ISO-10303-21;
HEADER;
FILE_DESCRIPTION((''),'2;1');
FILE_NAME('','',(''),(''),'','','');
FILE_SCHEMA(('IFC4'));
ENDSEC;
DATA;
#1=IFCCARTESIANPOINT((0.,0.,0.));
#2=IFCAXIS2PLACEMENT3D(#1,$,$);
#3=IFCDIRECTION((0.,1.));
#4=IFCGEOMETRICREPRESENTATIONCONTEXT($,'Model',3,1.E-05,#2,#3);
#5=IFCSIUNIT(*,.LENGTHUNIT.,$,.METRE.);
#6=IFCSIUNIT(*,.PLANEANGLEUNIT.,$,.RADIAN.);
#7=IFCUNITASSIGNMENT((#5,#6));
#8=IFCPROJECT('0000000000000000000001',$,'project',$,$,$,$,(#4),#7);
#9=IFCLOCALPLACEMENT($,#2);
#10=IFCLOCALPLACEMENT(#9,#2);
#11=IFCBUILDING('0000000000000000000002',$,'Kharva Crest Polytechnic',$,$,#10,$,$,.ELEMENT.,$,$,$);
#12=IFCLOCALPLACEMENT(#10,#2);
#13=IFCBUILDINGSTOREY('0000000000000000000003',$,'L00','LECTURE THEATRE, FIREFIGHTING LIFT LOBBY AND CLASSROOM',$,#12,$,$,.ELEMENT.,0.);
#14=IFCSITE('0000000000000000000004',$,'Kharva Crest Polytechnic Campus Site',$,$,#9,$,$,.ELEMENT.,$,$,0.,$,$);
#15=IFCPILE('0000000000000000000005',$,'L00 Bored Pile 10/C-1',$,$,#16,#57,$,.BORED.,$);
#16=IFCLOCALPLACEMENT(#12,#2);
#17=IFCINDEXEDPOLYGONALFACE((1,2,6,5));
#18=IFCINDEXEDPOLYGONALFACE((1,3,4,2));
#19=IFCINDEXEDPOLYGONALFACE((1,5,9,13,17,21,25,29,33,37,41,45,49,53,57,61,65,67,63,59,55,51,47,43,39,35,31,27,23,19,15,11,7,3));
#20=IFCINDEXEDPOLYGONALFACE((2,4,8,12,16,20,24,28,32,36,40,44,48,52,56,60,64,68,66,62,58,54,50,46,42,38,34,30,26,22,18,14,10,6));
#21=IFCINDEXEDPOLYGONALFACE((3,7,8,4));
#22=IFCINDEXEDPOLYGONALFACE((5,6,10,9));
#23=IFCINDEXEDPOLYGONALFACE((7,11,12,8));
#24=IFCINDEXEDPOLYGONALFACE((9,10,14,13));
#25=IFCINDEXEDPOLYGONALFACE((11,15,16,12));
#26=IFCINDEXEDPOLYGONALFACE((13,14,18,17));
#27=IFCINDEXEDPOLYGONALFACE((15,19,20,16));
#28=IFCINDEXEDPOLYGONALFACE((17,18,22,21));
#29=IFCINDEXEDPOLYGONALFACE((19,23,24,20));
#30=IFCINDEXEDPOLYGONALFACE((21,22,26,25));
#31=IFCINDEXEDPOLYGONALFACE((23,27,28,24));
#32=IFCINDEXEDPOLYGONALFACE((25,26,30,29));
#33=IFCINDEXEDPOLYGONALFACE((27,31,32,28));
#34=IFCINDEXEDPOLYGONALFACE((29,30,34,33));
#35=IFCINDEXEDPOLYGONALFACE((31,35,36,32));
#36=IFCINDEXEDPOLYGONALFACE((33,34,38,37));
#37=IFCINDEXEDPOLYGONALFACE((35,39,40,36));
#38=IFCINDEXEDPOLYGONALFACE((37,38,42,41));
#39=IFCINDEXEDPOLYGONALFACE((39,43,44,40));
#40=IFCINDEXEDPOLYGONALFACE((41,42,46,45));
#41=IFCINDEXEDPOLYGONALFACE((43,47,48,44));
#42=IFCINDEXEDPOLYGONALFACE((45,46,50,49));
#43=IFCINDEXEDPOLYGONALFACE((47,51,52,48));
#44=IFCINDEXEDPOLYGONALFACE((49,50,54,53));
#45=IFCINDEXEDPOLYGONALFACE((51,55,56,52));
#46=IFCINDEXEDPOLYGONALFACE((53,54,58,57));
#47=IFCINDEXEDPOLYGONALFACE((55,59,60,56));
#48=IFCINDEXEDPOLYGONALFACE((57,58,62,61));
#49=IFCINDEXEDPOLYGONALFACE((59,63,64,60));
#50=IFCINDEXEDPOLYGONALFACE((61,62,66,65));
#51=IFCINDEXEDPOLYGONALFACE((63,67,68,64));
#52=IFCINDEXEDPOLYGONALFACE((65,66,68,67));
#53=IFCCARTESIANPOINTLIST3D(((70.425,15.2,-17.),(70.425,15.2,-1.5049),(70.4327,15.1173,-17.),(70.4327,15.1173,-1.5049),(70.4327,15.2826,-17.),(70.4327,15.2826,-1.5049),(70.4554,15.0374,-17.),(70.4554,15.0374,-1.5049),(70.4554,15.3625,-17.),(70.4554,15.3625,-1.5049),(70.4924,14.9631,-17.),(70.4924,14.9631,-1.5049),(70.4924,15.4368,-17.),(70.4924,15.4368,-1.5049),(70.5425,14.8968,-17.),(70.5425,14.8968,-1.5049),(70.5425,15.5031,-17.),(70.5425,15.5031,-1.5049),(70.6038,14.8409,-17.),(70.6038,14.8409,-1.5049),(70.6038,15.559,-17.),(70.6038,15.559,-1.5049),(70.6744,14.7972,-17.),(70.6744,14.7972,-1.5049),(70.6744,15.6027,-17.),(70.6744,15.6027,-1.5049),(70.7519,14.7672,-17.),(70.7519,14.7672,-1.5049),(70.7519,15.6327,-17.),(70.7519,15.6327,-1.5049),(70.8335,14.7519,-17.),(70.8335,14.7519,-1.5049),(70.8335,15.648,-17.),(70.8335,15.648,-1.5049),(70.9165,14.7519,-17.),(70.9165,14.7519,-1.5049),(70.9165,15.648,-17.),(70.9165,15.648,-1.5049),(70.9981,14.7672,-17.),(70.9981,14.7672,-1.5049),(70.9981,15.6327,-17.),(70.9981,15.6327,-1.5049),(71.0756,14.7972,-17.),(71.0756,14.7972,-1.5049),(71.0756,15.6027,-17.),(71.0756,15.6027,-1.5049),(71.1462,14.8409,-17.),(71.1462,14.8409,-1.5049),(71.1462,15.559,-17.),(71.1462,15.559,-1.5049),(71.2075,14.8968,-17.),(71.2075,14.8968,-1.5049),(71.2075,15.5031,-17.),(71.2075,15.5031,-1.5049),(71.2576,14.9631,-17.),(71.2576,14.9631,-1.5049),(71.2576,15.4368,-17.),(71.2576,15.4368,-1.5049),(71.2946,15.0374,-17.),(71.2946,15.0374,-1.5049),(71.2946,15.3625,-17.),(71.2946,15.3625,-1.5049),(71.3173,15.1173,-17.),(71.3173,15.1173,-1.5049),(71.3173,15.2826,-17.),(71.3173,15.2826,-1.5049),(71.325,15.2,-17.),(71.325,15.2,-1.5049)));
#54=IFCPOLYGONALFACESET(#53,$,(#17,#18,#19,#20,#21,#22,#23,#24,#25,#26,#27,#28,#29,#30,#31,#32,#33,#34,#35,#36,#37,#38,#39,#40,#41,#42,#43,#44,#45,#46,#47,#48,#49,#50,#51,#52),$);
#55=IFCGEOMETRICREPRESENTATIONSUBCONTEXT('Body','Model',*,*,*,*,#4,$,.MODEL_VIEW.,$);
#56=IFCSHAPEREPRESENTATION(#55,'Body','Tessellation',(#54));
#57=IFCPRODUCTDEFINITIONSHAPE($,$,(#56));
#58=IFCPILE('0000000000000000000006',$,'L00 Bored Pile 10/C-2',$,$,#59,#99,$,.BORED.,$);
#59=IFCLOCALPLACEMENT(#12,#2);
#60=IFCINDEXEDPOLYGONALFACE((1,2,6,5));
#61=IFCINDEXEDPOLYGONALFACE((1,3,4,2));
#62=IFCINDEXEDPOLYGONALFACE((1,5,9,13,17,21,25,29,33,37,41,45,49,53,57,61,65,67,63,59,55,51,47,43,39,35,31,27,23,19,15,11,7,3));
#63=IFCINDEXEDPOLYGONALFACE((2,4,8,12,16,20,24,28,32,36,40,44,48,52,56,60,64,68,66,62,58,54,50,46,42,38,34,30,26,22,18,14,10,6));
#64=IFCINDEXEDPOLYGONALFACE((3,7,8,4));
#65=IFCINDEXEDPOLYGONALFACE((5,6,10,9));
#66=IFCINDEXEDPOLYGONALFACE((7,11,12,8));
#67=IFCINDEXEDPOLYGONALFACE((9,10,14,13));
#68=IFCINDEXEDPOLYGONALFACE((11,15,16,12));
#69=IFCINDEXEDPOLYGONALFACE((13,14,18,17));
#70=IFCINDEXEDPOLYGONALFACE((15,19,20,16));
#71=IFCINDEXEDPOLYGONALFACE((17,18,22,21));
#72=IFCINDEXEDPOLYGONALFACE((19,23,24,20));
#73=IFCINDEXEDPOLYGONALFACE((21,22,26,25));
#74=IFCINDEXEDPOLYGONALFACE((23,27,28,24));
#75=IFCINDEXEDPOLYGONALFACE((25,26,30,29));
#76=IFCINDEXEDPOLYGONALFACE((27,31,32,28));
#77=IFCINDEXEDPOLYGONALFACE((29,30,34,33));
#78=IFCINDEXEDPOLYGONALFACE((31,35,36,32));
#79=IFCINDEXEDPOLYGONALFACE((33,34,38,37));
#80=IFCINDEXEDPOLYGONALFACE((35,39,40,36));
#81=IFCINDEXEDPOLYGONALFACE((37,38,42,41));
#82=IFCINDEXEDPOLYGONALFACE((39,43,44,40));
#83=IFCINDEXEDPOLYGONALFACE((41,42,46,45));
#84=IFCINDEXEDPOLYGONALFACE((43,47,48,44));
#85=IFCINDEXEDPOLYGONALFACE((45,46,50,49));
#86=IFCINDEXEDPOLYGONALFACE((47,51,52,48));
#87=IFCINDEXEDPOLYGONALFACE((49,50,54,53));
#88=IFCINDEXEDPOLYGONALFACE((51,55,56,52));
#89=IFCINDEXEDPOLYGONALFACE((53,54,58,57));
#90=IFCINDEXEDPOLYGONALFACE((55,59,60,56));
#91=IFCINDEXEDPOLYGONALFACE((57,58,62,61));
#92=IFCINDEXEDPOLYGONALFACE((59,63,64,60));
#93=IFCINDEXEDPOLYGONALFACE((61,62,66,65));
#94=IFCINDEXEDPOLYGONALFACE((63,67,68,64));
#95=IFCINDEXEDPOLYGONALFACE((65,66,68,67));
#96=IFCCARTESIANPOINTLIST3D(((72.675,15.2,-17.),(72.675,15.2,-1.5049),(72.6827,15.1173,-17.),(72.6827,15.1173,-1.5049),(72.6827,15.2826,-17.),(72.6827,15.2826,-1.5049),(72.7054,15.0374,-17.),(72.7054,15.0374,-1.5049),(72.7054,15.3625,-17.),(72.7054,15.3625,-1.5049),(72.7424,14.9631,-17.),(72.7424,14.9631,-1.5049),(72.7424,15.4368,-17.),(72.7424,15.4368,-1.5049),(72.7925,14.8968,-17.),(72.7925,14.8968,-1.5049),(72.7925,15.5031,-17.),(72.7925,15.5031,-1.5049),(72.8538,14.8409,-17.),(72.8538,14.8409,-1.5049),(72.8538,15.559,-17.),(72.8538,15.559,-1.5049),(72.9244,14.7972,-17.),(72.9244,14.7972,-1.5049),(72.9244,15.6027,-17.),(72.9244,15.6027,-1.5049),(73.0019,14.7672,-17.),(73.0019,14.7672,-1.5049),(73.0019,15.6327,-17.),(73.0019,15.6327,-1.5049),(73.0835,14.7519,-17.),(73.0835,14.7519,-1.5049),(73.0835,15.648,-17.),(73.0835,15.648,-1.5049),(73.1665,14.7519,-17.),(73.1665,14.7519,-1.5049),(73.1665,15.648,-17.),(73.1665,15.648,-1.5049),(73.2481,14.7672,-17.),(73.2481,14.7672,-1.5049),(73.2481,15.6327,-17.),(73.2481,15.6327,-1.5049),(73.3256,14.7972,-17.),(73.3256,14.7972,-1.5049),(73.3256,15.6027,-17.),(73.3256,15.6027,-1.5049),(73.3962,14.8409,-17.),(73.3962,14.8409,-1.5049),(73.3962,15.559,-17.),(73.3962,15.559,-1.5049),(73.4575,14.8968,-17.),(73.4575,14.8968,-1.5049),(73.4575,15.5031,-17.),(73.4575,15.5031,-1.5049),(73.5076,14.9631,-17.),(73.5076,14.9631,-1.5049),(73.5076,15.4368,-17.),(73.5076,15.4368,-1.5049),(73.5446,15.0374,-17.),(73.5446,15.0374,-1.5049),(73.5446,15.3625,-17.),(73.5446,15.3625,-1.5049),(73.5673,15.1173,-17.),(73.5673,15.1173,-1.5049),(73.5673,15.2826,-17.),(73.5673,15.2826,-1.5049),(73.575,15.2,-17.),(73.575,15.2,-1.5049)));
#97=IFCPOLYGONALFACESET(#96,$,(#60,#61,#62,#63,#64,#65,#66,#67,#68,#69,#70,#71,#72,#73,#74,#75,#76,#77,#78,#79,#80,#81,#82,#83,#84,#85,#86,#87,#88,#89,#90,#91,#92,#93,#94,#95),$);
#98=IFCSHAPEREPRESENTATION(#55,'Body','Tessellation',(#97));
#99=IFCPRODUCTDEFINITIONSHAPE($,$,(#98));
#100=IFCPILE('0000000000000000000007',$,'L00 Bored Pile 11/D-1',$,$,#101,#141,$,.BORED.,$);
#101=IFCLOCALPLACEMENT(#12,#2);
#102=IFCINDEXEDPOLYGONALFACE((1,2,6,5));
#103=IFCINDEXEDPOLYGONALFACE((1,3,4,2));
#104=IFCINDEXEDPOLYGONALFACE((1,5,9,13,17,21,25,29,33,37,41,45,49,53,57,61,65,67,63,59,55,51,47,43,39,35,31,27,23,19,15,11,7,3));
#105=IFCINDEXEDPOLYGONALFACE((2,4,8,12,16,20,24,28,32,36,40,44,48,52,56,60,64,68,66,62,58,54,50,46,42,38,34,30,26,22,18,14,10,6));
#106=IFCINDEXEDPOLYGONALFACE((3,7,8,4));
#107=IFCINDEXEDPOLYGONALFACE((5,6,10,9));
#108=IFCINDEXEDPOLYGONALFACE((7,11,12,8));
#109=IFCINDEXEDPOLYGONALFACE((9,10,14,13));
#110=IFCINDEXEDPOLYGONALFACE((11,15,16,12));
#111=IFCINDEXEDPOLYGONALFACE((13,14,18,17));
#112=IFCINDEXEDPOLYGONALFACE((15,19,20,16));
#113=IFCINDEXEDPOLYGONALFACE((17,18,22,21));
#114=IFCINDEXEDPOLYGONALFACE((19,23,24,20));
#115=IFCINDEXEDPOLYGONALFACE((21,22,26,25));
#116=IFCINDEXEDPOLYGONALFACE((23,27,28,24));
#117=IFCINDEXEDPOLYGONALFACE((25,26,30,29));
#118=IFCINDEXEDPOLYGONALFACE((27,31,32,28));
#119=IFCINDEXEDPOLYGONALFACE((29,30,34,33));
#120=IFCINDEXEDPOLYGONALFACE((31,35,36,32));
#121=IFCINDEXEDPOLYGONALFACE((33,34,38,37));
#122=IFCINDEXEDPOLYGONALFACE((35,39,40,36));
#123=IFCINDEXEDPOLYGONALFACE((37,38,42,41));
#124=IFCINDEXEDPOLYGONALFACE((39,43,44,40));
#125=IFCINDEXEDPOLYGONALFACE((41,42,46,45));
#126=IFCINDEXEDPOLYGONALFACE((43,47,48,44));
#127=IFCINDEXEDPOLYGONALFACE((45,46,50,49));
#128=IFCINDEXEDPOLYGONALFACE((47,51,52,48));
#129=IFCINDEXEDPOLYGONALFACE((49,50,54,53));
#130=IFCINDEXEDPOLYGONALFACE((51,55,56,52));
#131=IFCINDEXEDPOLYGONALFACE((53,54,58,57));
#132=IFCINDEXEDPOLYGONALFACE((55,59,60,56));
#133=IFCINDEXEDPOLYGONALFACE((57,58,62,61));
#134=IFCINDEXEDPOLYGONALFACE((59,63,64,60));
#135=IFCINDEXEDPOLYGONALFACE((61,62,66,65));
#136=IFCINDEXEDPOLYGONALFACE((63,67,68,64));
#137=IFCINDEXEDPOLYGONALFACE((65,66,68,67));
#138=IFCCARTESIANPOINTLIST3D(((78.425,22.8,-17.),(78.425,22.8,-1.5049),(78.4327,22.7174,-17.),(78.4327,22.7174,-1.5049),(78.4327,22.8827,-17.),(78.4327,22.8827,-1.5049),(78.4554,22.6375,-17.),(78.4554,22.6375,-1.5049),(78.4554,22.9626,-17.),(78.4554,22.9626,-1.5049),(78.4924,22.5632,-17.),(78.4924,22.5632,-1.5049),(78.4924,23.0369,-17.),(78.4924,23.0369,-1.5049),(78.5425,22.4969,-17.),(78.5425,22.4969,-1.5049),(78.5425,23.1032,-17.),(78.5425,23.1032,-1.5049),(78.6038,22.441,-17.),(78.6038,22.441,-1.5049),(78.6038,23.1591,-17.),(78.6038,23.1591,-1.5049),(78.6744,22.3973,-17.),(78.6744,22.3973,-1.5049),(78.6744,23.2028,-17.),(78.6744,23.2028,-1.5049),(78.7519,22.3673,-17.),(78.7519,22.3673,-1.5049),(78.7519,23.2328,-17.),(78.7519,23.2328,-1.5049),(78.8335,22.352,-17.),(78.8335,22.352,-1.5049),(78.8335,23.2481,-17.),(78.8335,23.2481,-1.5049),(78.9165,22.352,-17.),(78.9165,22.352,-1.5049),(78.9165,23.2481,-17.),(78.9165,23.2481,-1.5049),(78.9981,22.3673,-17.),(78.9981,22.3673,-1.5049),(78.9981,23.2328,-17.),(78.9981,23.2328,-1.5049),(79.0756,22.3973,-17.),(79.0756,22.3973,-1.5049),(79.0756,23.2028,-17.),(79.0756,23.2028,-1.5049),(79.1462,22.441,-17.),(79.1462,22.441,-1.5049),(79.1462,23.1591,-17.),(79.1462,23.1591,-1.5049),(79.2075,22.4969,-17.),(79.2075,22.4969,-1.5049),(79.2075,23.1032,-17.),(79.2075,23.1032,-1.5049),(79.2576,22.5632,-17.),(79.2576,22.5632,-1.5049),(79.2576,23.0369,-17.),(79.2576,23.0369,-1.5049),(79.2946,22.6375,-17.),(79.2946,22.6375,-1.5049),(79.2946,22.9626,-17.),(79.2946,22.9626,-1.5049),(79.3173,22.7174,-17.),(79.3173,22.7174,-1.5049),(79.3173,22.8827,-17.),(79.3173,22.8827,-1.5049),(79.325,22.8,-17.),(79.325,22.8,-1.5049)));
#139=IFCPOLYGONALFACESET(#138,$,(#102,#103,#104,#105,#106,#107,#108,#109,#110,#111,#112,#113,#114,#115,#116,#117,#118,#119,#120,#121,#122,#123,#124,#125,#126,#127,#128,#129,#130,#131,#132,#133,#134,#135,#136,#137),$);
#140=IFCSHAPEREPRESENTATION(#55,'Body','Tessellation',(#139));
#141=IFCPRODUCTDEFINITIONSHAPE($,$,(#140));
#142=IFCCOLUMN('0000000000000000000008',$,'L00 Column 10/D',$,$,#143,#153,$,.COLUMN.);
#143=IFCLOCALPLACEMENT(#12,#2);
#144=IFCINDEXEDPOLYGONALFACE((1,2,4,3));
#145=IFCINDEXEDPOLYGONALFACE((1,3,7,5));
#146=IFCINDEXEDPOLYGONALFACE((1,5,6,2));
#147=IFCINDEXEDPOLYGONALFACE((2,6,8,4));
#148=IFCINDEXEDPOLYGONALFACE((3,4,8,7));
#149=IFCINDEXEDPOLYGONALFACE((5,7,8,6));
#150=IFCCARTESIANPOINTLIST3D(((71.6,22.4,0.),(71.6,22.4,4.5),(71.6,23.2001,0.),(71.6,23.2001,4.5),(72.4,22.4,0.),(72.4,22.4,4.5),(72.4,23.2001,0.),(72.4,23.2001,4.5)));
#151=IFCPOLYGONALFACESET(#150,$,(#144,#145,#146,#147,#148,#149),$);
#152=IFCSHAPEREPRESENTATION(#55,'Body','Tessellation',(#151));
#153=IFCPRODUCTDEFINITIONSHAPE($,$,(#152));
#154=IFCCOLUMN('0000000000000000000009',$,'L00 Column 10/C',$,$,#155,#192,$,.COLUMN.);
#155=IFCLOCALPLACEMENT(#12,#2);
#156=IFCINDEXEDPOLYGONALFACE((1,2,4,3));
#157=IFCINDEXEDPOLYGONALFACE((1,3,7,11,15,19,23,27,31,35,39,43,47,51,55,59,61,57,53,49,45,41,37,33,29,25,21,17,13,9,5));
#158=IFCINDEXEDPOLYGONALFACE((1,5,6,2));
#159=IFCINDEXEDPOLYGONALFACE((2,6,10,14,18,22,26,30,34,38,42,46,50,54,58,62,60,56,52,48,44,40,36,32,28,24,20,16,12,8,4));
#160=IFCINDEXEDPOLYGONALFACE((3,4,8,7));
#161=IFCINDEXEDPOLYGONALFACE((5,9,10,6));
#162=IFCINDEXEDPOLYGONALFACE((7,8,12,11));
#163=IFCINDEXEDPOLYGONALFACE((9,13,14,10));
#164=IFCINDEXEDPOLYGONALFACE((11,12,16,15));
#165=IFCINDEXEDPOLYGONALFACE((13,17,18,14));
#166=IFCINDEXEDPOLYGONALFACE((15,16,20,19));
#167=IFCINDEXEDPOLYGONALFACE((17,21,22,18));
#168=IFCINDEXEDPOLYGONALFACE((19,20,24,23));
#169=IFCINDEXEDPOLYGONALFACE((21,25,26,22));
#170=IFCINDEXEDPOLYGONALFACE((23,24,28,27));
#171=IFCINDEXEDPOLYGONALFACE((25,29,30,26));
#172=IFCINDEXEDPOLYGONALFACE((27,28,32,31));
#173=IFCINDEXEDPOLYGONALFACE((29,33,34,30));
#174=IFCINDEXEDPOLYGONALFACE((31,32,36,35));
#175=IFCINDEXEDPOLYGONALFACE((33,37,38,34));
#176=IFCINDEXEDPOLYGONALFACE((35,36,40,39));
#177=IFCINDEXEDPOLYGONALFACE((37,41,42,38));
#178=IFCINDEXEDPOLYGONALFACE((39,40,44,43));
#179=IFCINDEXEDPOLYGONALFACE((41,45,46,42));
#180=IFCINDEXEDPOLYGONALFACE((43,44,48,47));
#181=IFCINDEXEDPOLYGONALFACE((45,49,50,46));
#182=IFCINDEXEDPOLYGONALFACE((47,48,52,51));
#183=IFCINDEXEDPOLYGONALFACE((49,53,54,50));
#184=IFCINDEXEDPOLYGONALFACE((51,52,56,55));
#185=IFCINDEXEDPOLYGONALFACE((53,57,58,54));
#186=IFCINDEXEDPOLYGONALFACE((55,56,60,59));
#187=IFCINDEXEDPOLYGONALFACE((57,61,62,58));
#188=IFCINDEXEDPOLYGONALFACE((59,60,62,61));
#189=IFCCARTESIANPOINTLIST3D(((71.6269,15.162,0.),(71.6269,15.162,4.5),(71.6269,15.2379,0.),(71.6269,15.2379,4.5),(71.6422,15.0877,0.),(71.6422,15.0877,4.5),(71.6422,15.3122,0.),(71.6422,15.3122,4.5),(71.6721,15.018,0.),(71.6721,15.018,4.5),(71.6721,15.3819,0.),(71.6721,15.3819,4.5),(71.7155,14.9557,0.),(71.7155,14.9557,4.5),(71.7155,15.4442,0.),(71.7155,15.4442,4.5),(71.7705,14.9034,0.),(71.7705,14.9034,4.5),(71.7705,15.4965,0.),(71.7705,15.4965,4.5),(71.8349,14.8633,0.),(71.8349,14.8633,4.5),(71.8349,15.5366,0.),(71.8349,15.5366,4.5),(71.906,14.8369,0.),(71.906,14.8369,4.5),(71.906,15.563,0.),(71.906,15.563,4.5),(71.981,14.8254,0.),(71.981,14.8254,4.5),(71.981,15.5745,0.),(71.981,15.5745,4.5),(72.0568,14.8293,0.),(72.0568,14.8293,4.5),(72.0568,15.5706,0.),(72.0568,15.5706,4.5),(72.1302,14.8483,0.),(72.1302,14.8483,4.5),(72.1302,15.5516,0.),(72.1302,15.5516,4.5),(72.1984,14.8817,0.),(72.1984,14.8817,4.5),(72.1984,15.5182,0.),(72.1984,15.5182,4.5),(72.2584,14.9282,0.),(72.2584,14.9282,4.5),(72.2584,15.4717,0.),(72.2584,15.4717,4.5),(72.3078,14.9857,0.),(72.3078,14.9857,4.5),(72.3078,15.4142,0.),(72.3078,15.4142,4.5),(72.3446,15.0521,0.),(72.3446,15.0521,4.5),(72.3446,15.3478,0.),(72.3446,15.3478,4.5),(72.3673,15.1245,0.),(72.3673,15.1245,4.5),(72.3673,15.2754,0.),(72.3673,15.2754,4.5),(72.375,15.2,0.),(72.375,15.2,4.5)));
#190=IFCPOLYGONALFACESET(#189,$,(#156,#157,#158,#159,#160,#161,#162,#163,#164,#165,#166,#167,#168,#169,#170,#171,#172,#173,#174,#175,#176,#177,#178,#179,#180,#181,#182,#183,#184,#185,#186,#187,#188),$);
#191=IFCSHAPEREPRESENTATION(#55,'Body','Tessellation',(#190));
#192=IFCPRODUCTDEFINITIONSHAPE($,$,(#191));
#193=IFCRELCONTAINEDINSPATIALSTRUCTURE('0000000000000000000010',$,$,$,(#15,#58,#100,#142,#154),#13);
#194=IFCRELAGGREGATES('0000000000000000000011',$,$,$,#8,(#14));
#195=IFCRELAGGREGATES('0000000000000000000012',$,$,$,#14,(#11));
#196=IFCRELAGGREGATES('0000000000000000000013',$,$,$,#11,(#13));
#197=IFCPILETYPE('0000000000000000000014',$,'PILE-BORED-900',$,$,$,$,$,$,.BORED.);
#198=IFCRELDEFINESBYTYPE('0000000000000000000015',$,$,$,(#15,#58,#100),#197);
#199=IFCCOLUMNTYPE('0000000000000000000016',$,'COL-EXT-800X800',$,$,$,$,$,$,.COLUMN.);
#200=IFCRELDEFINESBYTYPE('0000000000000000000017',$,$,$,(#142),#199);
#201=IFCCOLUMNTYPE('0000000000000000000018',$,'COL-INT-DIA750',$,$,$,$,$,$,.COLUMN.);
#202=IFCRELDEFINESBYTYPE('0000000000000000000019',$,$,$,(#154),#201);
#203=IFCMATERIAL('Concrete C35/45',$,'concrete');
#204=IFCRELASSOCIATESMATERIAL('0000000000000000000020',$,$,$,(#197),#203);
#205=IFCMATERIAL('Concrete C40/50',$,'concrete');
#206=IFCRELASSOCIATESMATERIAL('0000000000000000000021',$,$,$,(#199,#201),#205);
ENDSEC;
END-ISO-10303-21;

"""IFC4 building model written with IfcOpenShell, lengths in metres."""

from ifc_helpers import new_model, si_unit, direction, frame, origin, origin_2d, place, context, subcontext, project, spatial, rectangle, circle, extrude, material, material_profile, profile_set, type_object, element, save


model = new_model("IFC4")

# Units and contexts
model_context = context("Model", 3, precision=1e-05, world=origin(), true_north=direction((0.0, 1.0)))
body_context = subcontext(model_context, "Body", "Model", "MODEL_VIEW")
ifc_project = project(units=[si_unit("LENGTHUNIT", "METRE"), si_unit("PLANEANGLEUNIT", "RADIAN")], contexts=[model_context])

# Site, building, storey
site_placement = place(None, origin())
site = spatial("IfcSite", under=ifc_project, at=site_placement, Name="Kharva Crest Polytechnic Campus Site", CompositionType="ELEMENT", RefElevation=0.0)
building_placement = place(site_placement, origin())
building = spatial("IfcBuilding", under=site, at=building_placement, Name="Kharva Crest Polytechnic", CompositionType="ELEMENT")
storey_placement = place(building_placement, origin())
storey = spatial("IfcBuildingStorey", under=building, at=storey_placement, Name="L00", Description="LECTURE THEATRE, FIREFIGHTING LIFT LOBBY AND CLASSROOM", CompositionType="ELEMENT", Elevation=0.0)

# Shared definitions
ifc_material_1 = material(Name="Concrete C35/45", Category="concrete")

# Piles
ifc_material_profile_1 = material_profile(ifc_material_1, circle(Radius=0.45, at=origin_2d()), Name="DIA 900")
ifc_profile_set_1 = profile_set([ifc_material_profile_1], Name="Concrete C35/45")
pile_type_1 = type_object("IfcPileType", Name="PILE-BORED-900", PredefinedType="BORED", material=ifc_profile_set_1)
for number, where, z_axis, x_axis, name in (
    (1, (70.875, 15.2, -1.5049), (0.0, 0.0, -1.0), (1.0, 0.0, 0.0), "L00 Bored Pile 10/C-1"),
    (2, (73.125, 15.2, -1.5049), (0.0, 0.0, -1.0), (1.0, 0.0, 0.0), "L00 Bored Pile 10/C-2"),
    (3, (78.875, 22.8, -1.5049), (0.0, 0.0, -1.0), (1.0, 0.0, 0.0), "L00 Bored Pile 11/D-1"),
):
    element("IfcPile", number, at=place(storey_placement, frame(where, z_axis=z_axis, x_axis=x_axis)), inside=storey, type_object=pile_type_1, Name=name, PredefinedType="BORED", context=body_context, shape_type="SweptSolid", body=[
        extrude(circle(Radius=0.45, at=origin_2d()), origin(), (0.0, 0.0, 1.0), 15.4951),
    ])

# Columns
ifc_material_2 = material(Name="Concrete C40/50", Category="concrete")
ifc_material_profile_2 = material_profile(ifc_material_2, rectangle(XDim=0.8, YDim=0.8, at=origin_2d()), Name="RECT 800 X 800")
ifc_profile_set_2 = profile_set([ifc_material_profile_2], Name="Concrete C40/50")
column_type_1 = type_object("IfcColumnType", Name="COL-EXT-800X800", PredefinedType="COLUMN", material=ifc_profile_set_2)
column_1_placement = place(storey_placement, frame((72.0, 22.8, 0.0), z_axis=(0.0, 0.0, 1.0), x_axis=(1.0, 0.0, 0.0)))
element("IfcColumn", 4, at=column_1_placement, inside=storey, type_object=column_type_1, Name="L00 Column 10/D", PredefinedType="COLUMN", context=body_context, shape_type="SweptSolid", body=[
    extrude(rectangle(XDim=0.8, YDim=0.8, at=origin_2d()), origin(), (0.0, 0.0, 1.0), 4.5),
])
ifc_material_profile_3 = material_profile(ifc_material_2, circle(Radius=0.375, at=origin_2d()), Name="DIA 750")
ifc_profile_set_3 = profile_set([ifc_material_profile_3], Name="Concrete C40/50")
column_type_2 = type_object("IfcColumnType", Name="COL-INT-DIA750", PredefinedType="COLUMN", material=ifc_profile_set_3)
column_2_placement = place(storey_placement, frame((72.0, 15.2, 0.0), z_axis=(0.0, 0.0, 1.0), x_axis=(1.0, 0.0, 0.0)))
element("IfcColumn", 5, at=column_2_placement, inside=storey, type_object=column_type_2, Name="L00 Column 10/C", PredefinedType="COLUMN", context=body_context, shape_type="SweptSolid", body=[
    extrude(circle(Radius=0.375, at=origin_2d()), origin(), (0.0, 0.0, 1.0), 4.5),
])

save(model, "model.ifc")
